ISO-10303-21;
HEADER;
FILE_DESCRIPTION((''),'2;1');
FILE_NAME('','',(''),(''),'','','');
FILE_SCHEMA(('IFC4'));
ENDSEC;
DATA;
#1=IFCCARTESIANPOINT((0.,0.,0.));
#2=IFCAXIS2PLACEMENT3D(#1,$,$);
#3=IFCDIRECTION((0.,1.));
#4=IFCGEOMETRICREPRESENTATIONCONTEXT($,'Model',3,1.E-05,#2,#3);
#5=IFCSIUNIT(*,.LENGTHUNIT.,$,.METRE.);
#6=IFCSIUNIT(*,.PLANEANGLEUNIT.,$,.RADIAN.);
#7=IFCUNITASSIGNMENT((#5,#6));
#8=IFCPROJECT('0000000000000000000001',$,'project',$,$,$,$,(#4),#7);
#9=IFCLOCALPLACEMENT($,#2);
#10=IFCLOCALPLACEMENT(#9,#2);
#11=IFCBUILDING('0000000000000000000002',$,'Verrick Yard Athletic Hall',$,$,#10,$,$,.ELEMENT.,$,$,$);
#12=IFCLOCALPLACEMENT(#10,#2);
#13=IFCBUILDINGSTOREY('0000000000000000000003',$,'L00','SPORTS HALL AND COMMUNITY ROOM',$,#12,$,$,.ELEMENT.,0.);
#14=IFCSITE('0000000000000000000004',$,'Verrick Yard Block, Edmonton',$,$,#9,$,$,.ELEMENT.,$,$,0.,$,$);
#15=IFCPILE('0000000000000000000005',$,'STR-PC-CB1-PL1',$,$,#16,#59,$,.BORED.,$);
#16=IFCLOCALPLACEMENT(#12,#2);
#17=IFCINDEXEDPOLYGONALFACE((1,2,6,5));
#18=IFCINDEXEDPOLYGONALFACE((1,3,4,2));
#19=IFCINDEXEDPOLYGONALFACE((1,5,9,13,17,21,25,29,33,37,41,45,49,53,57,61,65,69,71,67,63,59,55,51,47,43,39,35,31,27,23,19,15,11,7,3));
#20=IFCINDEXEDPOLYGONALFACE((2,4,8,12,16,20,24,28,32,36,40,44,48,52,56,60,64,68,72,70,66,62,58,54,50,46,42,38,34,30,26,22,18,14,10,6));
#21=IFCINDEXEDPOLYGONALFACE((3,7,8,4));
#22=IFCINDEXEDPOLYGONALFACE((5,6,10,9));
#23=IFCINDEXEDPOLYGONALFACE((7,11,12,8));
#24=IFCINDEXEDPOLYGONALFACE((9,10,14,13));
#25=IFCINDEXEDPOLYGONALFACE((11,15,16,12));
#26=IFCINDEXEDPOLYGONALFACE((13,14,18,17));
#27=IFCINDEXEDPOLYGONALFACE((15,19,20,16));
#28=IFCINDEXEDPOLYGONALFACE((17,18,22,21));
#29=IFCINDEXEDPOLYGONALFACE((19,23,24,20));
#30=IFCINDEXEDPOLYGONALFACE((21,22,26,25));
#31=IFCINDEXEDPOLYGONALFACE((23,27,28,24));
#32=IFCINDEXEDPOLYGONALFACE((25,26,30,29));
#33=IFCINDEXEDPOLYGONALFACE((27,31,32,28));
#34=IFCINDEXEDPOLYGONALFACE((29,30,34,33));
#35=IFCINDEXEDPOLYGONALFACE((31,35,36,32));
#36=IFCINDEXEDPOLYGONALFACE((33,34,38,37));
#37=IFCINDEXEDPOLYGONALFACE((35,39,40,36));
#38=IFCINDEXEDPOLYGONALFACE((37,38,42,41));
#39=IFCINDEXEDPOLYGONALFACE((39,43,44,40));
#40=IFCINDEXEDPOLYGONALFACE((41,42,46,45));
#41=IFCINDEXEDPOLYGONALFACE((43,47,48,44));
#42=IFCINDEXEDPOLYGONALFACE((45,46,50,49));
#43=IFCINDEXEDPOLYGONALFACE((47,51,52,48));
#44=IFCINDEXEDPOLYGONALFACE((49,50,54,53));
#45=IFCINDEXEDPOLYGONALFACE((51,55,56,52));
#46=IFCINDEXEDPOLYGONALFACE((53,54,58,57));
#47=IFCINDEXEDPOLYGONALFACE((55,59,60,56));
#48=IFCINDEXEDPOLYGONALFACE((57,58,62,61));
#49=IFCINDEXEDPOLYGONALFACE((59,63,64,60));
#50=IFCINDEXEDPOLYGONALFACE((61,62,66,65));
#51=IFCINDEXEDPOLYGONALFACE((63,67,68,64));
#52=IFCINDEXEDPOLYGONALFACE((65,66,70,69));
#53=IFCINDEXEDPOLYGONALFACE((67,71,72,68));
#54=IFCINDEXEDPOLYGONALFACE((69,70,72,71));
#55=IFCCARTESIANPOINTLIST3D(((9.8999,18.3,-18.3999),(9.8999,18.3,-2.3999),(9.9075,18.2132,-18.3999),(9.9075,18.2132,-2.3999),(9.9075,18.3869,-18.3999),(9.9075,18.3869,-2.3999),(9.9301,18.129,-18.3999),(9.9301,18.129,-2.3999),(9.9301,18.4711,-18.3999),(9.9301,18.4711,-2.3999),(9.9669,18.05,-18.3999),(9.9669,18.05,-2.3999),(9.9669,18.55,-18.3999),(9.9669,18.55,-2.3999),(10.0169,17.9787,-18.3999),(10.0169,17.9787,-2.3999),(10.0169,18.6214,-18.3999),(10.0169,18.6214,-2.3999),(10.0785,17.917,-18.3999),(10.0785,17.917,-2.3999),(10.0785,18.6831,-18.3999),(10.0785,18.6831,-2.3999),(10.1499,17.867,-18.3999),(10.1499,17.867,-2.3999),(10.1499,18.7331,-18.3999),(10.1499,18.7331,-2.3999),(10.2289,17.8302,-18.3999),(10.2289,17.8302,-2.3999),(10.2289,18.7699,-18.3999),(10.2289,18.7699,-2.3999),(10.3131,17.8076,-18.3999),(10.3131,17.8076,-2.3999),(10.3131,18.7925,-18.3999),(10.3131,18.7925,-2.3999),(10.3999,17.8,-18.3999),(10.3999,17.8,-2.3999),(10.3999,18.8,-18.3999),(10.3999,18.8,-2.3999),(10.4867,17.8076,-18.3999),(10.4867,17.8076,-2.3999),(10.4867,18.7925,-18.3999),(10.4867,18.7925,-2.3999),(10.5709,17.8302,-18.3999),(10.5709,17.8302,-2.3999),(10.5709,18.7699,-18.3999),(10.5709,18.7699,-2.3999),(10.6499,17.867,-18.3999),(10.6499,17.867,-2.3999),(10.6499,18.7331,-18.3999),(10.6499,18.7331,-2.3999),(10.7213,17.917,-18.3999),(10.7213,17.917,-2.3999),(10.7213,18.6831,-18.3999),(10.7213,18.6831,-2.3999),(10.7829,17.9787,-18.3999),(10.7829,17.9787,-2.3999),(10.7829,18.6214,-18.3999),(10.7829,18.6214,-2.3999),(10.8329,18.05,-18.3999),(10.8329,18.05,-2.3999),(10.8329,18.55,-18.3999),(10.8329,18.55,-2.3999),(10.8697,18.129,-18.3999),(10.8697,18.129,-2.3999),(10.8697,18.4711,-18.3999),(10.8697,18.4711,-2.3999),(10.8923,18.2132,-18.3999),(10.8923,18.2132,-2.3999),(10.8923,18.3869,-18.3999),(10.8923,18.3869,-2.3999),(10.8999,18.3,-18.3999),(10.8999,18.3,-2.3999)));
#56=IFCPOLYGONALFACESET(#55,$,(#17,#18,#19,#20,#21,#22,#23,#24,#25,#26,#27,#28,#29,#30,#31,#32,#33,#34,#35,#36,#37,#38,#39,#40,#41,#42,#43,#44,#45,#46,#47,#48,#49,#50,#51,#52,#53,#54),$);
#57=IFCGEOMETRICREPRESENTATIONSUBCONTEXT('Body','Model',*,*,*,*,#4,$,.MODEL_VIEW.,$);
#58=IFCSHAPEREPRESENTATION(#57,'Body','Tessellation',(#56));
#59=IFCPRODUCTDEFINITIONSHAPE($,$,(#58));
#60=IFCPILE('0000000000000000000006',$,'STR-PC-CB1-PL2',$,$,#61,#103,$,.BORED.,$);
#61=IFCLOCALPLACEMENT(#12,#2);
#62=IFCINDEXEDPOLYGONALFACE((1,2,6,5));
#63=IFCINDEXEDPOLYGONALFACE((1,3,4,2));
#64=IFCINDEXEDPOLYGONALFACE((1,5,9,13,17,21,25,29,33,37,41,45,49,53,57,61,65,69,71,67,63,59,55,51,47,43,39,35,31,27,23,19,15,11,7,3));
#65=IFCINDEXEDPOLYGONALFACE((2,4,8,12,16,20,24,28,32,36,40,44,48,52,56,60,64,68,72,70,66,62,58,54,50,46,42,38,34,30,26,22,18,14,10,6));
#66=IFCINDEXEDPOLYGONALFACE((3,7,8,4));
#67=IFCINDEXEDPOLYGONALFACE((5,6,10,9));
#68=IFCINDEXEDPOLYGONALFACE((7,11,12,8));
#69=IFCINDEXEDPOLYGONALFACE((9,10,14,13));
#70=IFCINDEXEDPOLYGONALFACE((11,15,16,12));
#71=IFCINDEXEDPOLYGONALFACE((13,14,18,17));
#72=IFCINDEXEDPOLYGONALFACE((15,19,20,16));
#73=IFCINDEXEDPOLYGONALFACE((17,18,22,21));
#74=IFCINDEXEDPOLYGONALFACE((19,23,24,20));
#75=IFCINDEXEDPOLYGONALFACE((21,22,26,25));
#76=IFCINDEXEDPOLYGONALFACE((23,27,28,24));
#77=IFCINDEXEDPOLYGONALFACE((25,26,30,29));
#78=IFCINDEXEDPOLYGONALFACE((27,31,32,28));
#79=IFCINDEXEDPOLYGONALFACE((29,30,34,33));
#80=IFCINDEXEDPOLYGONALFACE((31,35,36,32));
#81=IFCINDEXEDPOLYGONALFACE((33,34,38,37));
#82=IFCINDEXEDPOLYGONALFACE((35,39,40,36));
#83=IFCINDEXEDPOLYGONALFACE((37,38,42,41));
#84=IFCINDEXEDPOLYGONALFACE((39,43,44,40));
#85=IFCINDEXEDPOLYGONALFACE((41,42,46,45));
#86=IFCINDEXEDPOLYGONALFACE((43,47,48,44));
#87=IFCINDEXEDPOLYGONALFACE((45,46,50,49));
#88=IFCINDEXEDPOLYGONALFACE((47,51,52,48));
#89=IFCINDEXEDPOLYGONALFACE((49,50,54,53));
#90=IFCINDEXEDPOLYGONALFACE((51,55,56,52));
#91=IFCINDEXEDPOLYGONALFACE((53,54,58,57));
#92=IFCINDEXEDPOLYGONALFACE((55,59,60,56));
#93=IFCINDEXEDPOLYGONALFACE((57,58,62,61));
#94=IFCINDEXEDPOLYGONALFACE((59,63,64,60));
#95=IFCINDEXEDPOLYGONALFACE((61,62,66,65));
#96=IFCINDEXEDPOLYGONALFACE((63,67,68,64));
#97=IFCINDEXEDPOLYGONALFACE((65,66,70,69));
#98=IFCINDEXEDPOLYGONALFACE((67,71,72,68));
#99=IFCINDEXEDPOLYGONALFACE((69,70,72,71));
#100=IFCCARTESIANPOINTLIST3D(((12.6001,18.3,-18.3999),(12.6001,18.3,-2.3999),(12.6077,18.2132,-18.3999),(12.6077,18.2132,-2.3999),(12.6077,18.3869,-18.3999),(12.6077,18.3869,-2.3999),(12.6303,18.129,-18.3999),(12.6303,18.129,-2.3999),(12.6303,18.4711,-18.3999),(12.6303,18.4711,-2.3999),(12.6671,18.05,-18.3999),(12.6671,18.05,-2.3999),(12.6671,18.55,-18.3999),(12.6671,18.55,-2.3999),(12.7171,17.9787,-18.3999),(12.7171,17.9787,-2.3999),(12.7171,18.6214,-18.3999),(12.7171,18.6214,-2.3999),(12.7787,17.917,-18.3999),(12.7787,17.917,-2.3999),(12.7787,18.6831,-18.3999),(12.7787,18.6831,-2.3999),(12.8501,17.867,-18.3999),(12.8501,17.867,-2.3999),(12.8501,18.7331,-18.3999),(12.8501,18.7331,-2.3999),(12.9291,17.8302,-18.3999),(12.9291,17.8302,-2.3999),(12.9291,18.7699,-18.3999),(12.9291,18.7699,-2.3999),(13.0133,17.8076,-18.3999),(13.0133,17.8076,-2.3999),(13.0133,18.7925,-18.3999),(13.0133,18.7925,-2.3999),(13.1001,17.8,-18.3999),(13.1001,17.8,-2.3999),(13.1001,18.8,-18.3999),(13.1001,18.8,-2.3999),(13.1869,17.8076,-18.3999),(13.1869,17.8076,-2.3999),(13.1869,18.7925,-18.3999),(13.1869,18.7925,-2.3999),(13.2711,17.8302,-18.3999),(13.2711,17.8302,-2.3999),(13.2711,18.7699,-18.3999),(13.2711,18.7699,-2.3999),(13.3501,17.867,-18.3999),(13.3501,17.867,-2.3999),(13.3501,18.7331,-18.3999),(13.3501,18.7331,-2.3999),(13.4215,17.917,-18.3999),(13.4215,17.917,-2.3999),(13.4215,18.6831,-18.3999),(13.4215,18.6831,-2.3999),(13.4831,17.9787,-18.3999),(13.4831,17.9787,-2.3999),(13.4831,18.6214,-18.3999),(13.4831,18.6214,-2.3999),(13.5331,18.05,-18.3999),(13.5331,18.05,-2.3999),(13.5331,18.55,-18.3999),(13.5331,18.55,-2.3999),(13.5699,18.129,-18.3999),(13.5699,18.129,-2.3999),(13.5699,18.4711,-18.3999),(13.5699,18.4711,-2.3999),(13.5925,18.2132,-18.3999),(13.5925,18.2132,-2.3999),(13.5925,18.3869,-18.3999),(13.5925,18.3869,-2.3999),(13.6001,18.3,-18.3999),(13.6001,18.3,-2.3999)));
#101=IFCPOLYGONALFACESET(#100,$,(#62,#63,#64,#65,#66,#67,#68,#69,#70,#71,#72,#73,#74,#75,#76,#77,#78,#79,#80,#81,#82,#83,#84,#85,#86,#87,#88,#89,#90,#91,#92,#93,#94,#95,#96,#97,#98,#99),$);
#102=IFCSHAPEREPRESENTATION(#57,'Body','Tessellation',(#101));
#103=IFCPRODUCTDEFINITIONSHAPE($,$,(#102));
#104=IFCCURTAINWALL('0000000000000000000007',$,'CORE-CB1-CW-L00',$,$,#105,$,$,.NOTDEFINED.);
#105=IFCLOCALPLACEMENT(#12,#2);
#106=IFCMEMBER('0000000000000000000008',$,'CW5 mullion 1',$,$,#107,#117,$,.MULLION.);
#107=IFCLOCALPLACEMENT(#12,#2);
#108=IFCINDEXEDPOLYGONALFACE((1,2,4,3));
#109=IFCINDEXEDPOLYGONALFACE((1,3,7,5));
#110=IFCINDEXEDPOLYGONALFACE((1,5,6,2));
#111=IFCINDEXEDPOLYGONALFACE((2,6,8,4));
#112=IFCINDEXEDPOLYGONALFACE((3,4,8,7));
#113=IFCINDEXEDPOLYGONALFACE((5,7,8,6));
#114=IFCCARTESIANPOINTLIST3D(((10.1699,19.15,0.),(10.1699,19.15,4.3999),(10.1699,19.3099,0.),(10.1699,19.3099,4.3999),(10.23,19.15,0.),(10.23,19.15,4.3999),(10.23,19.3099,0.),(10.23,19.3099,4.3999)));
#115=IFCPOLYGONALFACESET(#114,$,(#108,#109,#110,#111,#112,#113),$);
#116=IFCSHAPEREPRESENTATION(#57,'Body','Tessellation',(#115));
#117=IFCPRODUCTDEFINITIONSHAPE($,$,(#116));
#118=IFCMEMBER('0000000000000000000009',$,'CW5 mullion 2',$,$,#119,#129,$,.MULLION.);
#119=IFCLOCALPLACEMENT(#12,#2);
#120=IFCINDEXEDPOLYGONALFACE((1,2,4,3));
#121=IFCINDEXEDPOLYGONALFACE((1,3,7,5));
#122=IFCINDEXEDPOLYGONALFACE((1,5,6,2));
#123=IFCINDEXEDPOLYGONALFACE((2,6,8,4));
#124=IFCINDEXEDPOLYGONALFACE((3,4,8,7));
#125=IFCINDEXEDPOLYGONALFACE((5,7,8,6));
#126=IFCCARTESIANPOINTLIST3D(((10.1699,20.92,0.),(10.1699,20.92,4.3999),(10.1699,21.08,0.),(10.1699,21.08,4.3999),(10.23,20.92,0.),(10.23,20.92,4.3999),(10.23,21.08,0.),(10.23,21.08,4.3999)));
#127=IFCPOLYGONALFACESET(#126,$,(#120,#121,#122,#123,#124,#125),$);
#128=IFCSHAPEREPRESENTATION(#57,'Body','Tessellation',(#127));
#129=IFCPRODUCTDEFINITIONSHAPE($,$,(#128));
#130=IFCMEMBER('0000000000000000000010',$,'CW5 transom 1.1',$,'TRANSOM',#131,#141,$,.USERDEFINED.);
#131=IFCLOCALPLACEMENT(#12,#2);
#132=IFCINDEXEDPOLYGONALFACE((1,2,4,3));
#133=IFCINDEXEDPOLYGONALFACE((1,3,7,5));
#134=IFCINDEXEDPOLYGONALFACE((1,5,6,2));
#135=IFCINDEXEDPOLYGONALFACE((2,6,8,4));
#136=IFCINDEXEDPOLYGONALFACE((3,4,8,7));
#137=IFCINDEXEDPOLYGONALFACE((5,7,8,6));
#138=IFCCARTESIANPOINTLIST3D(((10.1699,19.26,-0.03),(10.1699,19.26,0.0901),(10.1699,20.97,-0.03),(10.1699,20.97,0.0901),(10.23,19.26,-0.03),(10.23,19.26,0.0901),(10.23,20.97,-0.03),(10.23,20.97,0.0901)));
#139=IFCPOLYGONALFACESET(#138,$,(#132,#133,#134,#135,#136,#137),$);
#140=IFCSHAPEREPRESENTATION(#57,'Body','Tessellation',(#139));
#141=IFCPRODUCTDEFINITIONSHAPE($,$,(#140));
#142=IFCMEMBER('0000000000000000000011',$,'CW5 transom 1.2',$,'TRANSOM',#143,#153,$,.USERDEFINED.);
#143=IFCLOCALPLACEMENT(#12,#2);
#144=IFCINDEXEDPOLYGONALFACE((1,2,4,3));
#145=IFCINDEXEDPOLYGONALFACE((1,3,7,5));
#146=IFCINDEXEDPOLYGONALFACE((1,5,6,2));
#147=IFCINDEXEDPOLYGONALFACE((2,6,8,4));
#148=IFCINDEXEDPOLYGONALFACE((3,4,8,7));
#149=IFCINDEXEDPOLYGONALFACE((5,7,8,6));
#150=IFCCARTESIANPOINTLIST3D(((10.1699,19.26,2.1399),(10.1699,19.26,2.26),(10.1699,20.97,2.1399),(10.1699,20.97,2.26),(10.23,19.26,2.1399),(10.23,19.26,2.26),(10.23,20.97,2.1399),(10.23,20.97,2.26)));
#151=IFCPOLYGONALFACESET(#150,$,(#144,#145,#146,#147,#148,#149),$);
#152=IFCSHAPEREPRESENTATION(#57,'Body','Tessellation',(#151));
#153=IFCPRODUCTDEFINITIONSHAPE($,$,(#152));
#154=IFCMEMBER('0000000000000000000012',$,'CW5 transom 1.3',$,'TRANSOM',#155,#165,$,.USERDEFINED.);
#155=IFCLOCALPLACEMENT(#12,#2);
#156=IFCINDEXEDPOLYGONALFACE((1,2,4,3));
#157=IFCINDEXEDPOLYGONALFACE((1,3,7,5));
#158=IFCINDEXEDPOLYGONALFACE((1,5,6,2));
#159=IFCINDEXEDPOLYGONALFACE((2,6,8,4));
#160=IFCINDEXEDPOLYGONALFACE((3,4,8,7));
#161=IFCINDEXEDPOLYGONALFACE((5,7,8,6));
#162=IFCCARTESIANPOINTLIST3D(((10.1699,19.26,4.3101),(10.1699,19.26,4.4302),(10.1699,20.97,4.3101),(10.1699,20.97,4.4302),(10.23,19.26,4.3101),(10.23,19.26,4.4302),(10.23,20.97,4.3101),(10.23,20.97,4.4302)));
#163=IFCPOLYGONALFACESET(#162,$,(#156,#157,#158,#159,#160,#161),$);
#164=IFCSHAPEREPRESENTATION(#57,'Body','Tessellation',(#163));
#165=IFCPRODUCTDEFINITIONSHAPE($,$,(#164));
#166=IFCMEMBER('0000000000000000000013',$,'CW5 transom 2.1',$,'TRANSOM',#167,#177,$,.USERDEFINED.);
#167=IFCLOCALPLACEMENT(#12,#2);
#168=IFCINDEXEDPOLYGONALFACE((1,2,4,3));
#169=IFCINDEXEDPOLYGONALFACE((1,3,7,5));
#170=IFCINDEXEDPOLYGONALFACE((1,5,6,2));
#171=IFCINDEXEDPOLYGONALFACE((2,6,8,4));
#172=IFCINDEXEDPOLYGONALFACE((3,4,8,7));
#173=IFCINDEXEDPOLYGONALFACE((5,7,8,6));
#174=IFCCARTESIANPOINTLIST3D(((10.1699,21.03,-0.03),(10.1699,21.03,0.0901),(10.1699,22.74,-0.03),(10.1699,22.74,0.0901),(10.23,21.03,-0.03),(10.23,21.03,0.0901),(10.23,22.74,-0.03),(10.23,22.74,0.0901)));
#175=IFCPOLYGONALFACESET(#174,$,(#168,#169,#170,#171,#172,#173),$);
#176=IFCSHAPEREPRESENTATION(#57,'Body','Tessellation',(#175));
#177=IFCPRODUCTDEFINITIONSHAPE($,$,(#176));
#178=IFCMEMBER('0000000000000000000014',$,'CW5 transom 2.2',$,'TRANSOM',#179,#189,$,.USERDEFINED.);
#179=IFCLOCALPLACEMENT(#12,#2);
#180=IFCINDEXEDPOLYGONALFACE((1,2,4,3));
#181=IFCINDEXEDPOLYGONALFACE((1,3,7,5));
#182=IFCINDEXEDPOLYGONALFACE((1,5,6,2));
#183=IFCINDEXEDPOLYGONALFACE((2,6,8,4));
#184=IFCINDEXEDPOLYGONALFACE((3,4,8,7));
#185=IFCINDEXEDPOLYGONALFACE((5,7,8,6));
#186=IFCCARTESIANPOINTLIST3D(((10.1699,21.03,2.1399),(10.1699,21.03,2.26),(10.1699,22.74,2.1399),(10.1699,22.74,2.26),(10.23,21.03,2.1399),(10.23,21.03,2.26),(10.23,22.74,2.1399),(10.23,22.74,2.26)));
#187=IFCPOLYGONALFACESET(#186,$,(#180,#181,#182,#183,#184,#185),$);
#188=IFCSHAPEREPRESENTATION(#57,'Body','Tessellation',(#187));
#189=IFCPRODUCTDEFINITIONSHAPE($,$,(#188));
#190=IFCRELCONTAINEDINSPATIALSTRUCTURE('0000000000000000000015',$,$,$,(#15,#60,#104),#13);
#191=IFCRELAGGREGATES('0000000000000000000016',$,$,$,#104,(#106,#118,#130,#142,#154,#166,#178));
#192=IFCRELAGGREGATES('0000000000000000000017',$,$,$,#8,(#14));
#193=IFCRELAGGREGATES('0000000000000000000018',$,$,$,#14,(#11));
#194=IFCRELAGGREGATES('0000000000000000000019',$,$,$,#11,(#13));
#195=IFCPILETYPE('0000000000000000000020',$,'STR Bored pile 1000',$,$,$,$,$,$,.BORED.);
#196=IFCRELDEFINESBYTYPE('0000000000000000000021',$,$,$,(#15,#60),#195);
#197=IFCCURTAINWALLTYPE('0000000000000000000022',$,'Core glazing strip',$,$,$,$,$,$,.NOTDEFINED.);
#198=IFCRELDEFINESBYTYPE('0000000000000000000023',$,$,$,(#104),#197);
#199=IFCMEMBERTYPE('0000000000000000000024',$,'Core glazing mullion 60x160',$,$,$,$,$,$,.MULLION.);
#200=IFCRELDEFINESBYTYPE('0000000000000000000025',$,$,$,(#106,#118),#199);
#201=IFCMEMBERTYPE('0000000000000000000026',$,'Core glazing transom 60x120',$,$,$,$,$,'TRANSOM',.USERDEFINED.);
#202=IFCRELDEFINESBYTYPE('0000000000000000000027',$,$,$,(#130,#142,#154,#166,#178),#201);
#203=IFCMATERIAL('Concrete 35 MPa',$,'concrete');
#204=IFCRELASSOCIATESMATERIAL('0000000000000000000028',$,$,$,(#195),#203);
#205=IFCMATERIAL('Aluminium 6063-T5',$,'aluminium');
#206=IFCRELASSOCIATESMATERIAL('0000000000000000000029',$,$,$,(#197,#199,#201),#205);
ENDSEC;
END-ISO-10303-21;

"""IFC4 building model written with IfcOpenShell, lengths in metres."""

from ifc_helpers import new_model, si_unit, direction, frame, origin, origin_2d, place, context, subcontext, project, spatial, rectangle, circle, extrude, material, material_profile, profile_set, type_object, element, aggregate, save


model = new_model("IFC4")

# Units and contexts
model_context = context("Model", 3, precision=1e-05, world=origin(), true_north=direction((0.0, 1.0)))
body_context = subcontext(model_context, "Body", "Model", "MODEL_VIEW")
ifc_project = project(units=[si_unit("LENGTHUNIT", "METRE"), si_unit("PLANEANGLEUNIT", "RADIAN")], contexts=[model_context])

# Site, building, storey
site_placement = place(None, origin())
site = spatial("IfcSite", under=ifc_project, at=site_placement, Name="Verrick Yard Block, Edmonton", CompositionType="ELEMENT", RefElevation=0.0)
building_placement = place(site_placement, origin())
building = spatial("IfcBuilding", under=site, at=building_placement, Name="Verrick Yard Athletic Hall", CompositionType="ELEMENT")
storey_placement = place(building_placement, origin())
storey = spatial("IfcBuildingStorey", under=building, at=storey_placement, Name="L00", Description="SPORTS HALL AND COMMUNITY ROOM", CompositionType="ELEMENT", Elevation=0.0)

# Piles
ifc_material_1 = material(Name="Concrete 35 MPa", Category="concrete")
pile_type = type_object("IfcPileType", Name="STR Bored pile 1000", PredefinedType="BORED", material=ifc_material_1)
for number, where, z_axis, x_axis, name in (
    (1, (10.3999, 18.3, -2.3999), (0.0, 0.0, -1.0), (1.0, 0.0, 0.0), "STR-PC-CB1-PL1"),
    (2, (13.1001, 18.3, -2.3999), (0.0, 0.0, -1.0), (1.0, 0.0, 0.0), "STR-PC-CB1-PL2"),
):
    element("IfcPile", number, at=place(storey_placement, frame(where, z_axis=z_axis, x_axis=x_axis)), inside=storey, type_object=pile_type, Name=name, PredefinedType="BORED", context=body_context, shape_type="SweptSolid", body=[
        extrude(circle(Radius=0.5, at=origin_2d()), origin(), (0.0, 0.0, 1.0), 16.0),
    ])

# Curtain wall, members
ifc_material_2 = material(Name="Aluminium 6063-T5", Category="aluminium")
curtain_wall_type = type_object("IfcCurtainWallType", Name="Core glazing strip", PredefinedType="NOTDEFINED", material=ifc_material_2)
curtain_wall_placement = place(storey_placement, origin())
curtain_wall = element("IfcCurtainWall", 3, at=curtain_wall_placement, inside=storey, type_object=curtain_wall_type, Name="CORE-CB1-CW-L00", PredefinedType="NOTDEFINED")
ifc_material_profile_1 = material_profile(ifc_material_2, rectangle(XDim=0.0601, YDim=0.1599, at=origin_2d()), Name="Core glazing mullion 60x160")
ifc_profile_set_1 = profile_set([ifc_material_profile_1], Name="Aluminium 6063-T5")
member_type_1 = type_object("IfcMemberType", Name="Core glazing mullion 60x160", PredefinedType="MULLION", material=ifc_profile_set_1)
member_1_placement = place(storey_placement, frame((10.2, 19.23, 0.0), z_axis=(0.0, 0.0, 1.0), x_axis=(-1.0, 0.0, 0.0)))
member_1 = element("IfcMember", 4, at=member_1_placement, type_object=member_type_1, Name="CW5 mullion 1", PredefinedType="MULLION", context=body_context, shape_type="SweptSolid", body=[
    extrude(rectangle(XDim=0.0601, YDim=0.1599, at=origin_2d()), origin(), (0.0, 0.0, 1.0), 4.3999),
])
member_2_placement = place(storey_placement, frame((10.2, 21.0, 0.0), z_axis=(0.0, 0.0, 1.0), x_axis=(-1.0, 0.0, 0.0)))
member_2 = element("IfcMember", 5, at=member_2_placement, type_object=member_type_1, Name="CW5 mullion 2", PredefinedType="MULLION", context=body_context, shape_type="SweptSolid", body=[
    extrude(rectangle(XDim=0.0601, YDim=0.1599, at=origin_2d()), origin(), (0.0, 0.0, 1.0), 4.3999),
])
ifc_material_profile_2 = material_profile(ifc_material_2, rectangle(XDim=0.0601, YDim=0.1201, at=origin_2d()), Name="Core glazing transom 60x120")
ifc_profile_set_2 = profile_set([ifc_material_profile_2], Name="Aluminium 6063-T5")
member_type_2 = type_object("IfcMemberType", Name="Core glazing transom 60x120", ElementType="TRANSOM", PredefinedType="USERDEFINED", material=ifc_profile_set_2)
member_3_placement = place(storey_placement, frame((10.2, 19.26, 0.03), z_axis=(0.0, 1.0, 0.0), x_axis=(-1.0, 0.0, 0.0)))
member_3 = element("IfcMember", 6, at=member_3_placement, type_object=member_type_2, Name="CW5 transom 1.1", ObjectType="TRANSOM", PredefinedType="USERDEFINED", context=body_context, shape_type="SweptSolid", body=[
    extrude(rectangle(XDim=0.0601, YDim=0.1201, at=origin_2d()), origin(), (0.0, 0.0, 1.0), 1.71),
])
member_4_placement = place(storey_placement, frame((10.2, 19.26, 2.2), z_axis=(0.0, 1.0, 0.0), x_axis=(-1.0, 0.0, 0.0)))
member_4 = element("IfcMember", 7, at=member_4_placement, type_object=member_type_2, Name="CW5 transom 1.2", ObjectType="TRANSOM", PredefinedType="USERDEFINED", context=body_context, shape_type="SweptSolid", body=[
    extrude(rectangle(XDim=0.0601, YDim=0.1201, at=origin_2d()), origin(), (0.0, 0.0, 1.0), 1.71),
])
member_5_placement = place(storey_placement, frame((10.2, 19.26, 4.3701), z_axis=(0.0, 1.0, 0.0), x_axis=(-1.0, 0.0, 0.0)))
member_5 = element("IfcMember", 8, at=member_5_placement, type_object=member_type_2, Name="CW5 transom 1.3", ObjectType="TRANSOM", PredefinedType="USERDEFINED", context=body_context, shape_type="SweptSolid", body=[
    extrude(rectangle(XDim=0.0601, YDim=0.1201, at=origin_2d()), origin(), (0.0, 0.0, 1.0), 1.71),
])
member_6_placement = place(storey_placement, frame((10.2, 21.03, 0.03), z_axis=(0.0, 1.0, 0.0), x_axis=(-1.0, 0.0, 0.0)))
member_6 = element("IfcMember", 9, at=member_6_placement, type_object=member_type_2, Name="CW5 transom 2.1", ObjectType="TRANSOM", PredefinedType="USERDEFINED", context=body_context, shape_type="SweptSolid", body=[
    extrude(rectangle(XDim=0.0601, YDim=0.1201, at=origin_2d()), origin(), (0.0, 0.0, 1.0), 1.71),
])
member_7_placement = place(storey_placement, frame((10.2, 21.03, 2.2), z_axis=(0.0, 1.0, 0.0), x_axis=(-1.0, 0.0, 0.0)))
member_7 = element("IfcMember", 10, at=member_7_placement, type_object=member_type_2, Name="CW5 transom 2.2", ObjectType="TRANSOM", PredefinedType="USERDEFINED", context=body_context, shape_type="SweptSolid", body=[
    extrude(rectangle(XDim=0.0601, YDim=0.1201, at=origin_2d()), origin(), (0.0, 0.0, 1.0), 1.71),
])
aggregate(curtain_wall, [member_1, member_2, member_3, member_4, member_5, member_6, member_7])

save(model, "model.ifc")
